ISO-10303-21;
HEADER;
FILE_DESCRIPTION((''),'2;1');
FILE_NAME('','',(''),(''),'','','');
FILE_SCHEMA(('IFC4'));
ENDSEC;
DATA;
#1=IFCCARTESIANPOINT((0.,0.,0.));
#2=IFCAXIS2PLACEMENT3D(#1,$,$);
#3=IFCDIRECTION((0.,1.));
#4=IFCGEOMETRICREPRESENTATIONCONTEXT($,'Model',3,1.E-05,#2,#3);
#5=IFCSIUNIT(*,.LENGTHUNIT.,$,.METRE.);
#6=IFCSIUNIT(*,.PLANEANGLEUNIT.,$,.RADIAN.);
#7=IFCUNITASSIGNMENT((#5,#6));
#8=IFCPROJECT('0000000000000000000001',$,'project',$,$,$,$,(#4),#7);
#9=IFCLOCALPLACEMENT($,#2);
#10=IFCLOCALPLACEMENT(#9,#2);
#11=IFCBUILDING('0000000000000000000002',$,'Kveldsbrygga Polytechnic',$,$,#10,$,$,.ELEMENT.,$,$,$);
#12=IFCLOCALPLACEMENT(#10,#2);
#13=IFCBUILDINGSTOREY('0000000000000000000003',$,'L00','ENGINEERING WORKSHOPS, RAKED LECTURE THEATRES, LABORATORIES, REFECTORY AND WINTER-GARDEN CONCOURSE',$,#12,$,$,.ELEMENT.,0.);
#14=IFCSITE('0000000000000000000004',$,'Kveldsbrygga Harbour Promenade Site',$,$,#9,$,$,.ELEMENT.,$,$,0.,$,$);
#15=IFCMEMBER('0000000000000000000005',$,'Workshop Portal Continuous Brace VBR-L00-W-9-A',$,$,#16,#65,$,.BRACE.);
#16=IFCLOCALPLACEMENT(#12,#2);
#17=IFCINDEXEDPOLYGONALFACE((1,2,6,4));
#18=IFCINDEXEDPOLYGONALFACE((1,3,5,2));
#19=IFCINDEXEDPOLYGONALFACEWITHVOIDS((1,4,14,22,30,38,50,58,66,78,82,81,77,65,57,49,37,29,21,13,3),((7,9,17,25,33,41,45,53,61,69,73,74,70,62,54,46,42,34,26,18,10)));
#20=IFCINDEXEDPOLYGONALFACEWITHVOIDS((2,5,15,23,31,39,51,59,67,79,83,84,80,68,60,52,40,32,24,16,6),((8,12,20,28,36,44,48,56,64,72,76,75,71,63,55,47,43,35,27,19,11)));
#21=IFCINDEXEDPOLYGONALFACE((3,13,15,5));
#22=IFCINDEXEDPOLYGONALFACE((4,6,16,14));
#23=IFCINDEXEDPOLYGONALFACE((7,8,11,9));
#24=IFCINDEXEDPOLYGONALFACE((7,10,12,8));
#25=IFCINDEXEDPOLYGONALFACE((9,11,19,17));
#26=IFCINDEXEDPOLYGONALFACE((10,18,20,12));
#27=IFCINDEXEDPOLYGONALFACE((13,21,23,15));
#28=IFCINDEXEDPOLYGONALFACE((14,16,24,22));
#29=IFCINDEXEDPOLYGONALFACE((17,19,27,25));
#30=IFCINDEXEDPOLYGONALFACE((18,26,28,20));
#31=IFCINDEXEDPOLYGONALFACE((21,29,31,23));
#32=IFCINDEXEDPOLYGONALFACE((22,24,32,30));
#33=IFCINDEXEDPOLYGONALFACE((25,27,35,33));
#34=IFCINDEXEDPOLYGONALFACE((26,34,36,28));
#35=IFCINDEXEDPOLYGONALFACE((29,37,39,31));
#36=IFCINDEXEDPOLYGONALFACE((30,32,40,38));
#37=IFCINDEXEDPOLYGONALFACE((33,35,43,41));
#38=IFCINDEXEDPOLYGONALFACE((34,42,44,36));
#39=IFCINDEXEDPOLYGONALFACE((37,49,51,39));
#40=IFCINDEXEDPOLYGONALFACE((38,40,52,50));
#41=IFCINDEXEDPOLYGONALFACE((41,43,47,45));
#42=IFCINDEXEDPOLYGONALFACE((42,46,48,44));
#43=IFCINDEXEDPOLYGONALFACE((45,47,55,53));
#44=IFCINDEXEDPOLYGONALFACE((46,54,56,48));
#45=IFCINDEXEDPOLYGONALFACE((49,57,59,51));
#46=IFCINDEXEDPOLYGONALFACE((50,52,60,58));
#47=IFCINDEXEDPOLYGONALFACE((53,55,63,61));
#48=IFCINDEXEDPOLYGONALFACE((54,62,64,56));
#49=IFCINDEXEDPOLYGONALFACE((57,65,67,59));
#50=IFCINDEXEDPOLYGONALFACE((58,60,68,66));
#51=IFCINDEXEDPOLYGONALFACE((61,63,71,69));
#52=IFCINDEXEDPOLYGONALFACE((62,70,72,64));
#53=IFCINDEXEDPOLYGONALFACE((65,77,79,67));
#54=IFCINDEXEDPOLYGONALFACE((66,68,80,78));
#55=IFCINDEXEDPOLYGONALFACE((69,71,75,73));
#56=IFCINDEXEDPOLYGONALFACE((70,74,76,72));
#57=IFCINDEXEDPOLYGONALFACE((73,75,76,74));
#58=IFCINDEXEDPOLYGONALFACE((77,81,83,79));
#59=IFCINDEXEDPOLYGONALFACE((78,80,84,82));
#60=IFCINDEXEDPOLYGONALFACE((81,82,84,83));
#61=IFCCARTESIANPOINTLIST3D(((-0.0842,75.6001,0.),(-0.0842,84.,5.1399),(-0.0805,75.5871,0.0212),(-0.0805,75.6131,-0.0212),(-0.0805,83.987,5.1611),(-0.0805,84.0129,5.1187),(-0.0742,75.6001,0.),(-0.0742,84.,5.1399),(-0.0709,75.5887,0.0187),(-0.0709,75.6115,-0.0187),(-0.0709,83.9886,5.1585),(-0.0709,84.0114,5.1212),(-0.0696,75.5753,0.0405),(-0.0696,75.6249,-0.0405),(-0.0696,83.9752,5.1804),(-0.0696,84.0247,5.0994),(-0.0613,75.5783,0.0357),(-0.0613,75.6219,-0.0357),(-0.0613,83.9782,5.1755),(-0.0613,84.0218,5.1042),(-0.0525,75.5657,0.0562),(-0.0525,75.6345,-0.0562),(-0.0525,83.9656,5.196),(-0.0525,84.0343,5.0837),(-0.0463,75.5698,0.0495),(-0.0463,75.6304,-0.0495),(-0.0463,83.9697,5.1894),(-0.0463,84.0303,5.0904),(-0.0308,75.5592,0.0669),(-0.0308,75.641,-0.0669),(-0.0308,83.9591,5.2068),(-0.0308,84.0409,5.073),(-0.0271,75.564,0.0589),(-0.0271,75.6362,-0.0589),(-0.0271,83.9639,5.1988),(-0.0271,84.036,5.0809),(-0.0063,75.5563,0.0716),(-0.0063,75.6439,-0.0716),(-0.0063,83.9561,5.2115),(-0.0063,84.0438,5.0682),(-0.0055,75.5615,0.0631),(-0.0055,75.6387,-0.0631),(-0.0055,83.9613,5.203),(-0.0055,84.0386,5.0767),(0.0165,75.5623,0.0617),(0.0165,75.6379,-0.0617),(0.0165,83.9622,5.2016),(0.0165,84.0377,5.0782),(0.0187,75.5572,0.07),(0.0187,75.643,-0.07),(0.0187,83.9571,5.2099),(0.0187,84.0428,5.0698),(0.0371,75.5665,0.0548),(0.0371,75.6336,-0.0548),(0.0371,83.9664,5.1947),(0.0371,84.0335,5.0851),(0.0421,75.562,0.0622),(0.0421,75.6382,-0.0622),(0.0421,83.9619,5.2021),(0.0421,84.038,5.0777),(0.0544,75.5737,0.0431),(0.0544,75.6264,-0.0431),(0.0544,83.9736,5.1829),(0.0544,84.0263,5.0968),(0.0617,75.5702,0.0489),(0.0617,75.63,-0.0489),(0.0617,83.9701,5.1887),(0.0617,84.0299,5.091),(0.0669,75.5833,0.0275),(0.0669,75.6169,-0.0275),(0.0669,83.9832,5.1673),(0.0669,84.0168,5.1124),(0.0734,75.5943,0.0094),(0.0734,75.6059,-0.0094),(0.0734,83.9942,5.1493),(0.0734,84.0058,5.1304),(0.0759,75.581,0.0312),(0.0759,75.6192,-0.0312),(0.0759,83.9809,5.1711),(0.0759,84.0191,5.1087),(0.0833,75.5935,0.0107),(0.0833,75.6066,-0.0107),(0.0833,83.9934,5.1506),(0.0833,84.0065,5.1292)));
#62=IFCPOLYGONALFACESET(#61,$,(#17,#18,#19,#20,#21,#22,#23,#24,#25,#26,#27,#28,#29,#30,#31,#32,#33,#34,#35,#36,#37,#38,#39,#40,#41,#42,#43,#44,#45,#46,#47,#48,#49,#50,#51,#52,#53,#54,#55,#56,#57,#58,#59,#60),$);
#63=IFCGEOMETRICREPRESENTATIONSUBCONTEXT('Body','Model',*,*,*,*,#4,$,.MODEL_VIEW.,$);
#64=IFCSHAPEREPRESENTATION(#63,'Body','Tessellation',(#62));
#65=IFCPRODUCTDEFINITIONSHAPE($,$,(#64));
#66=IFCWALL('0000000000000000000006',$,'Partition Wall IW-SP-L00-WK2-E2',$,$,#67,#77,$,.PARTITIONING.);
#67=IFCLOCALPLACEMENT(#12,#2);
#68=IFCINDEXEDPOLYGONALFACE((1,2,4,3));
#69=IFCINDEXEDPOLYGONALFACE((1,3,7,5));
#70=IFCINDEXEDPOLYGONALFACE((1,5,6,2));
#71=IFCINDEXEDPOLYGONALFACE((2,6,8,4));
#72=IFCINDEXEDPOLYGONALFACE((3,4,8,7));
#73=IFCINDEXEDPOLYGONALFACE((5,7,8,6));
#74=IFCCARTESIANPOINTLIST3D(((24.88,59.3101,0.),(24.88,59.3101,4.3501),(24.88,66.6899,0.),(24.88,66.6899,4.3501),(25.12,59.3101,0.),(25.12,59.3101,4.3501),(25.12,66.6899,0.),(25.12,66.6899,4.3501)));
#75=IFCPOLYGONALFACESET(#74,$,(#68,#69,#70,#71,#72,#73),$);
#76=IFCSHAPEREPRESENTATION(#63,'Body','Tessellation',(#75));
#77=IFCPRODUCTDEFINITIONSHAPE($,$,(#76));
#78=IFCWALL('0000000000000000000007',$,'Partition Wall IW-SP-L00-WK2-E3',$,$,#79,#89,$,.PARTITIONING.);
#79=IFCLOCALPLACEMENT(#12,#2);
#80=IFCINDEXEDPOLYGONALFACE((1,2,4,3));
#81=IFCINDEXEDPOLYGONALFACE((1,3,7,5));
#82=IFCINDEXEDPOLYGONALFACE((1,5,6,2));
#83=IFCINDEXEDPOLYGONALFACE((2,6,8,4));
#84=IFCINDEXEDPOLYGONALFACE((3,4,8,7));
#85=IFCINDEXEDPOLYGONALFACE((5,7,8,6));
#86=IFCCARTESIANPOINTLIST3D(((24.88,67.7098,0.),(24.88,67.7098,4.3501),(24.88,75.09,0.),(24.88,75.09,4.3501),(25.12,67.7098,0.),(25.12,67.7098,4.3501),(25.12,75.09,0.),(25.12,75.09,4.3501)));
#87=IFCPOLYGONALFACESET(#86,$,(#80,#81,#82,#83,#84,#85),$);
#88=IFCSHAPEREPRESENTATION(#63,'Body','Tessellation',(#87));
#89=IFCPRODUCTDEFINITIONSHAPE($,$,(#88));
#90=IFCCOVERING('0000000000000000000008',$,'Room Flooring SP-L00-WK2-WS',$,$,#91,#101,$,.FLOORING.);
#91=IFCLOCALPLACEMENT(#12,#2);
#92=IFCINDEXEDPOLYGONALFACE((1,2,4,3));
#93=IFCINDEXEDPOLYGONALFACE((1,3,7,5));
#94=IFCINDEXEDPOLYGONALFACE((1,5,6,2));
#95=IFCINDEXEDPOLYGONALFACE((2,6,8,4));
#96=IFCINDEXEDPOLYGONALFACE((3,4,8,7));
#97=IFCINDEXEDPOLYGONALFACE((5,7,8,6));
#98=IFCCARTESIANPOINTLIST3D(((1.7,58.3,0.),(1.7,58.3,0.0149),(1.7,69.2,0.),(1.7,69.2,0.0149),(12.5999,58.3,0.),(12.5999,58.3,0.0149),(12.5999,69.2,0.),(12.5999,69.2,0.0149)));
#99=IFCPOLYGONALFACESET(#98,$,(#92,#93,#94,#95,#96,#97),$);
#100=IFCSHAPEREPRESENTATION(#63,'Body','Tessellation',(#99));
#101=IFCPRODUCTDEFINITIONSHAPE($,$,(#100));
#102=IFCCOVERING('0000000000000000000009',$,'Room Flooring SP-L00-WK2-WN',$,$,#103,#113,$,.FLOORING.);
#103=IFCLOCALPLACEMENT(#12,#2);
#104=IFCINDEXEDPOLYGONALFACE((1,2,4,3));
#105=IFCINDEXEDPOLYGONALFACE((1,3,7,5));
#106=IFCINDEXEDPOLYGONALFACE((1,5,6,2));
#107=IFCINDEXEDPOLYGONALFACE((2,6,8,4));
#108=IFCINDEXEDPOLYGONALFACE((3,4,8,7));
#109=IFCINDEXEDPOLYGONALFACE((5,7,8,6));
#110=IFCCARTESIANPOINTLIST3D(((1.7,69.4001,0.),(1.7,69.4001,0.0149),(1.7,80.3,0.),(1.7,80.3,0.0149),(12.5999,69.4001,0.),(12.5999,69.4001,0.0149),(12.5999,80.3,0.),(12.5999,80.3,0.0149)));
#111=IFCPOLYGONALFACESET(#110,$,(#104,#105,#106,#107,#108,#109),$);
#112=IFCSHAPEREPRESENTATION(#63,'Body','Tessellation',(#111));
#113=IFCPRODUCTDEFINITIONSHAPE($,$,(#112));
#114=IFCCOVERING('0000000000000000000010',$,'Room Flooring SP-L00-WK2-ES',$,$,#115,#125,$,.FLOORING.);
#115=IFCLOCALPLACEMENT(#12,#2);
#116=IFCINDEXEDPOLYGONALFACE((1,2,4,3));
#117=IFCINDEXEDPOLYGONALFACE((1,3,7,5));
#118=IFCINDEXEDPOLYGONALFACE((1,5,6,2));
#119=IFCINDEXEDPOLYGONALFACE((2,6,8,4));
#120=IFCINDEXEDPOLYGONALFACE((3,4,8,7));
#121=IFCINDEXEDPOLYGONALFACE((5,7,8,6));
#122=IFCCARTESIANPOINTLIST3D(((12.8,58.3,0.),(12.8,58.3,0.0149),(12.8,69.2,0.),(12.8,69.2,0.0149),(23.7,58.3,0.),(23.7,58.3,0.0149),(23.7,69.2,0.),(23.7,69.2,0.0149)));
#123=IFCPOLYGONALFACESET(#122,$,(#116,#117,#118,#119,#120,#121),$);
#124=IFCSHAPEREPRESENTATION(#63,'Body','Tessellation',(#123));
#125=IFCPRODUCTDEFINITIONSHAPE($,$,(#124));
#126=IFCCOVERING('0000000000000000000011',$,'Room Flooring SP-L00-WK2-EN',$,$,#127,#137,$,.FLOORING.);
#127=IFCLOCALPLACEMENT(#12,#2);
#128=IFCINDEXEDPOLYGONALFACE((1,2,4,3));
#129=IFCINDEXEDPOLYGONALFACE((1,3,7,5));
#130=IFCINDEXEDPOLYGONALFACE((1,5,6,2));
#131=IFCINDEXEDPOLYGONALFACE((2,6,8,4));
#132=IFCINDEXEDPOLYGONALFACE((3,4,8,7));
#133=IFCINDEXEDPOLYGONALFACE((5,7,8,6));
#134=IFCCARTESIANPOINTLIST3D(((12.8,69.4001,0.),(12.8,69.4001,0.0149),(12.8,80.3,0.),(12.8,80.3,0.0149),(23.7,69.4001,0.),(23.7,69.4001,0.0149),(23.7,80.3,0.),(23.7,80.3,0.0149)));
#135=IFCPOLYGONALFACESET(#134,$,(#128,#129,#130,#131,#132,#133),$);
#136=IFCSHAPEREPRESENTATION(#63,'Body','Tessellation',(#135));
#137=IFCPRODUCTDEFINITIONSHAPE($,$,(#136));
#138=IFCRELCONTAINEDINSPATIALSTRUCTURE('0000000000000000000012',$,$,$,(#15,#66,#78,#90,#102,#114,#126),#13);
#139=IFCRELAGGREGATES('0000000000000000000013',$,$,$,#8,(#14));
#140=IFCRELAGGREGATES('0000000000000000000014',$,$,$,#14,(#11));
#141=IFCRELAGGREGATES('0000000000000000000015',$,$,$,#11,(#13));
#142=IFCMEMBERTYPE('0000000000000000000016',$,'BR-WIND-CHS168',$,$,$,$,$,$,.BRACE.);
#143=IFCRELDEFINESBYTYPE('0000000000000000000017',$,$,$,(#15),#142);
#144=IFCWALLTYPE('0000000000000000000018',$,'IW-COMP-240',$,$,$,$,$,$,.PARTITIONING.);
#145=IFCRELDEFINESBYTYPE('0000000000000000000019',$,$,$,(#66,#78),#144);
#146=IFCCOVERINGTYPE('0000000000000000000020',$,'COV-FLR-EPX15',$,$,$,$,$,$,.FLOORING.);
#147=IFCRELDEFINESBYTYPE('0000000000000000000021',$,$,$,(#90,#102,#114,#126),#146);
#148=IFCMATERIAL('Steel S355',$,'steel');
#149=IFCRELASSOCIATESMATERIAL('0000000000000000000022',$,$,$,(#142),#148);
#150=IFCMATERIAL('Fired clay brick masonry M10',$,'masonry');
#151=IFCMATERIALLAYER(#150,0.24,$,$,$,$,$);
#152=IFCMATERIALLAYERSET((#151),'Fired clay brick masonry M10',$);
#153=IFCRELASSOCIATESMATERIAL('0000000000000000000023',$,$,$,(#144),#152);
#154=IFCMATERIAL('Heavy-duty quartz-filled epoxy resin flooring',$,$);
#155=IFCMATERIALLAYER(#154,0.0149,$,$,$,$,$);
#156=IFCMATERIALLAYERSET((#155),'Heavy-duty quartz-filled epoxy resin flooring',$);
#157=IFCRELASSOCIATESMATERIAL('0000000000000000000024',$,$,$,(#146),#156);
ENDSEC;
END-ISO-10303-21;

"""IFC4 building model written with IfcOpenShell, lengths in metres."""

from ifc_helpers import new_model, si_unit, direction, frame, frame_2d, origin, origin_2d, place, context, subcontext, project, spatial, rectangle, hollow_circle, extrude, material, layer, layer_set, material_profile, profile_set, type_object, element, save


model = new_model("IFC4")

# Units and contexts
model_context = context("Model", 3, precision=1e-05, world=origin(), true_north=direction((0.0, 1.0)))
body_context = subcontext(model_context, "Body", "Model", "MODEL_VIEW")
ifc_project = project(units=[si_unit("LENGTHUNIT", "METRE"), si_unit("PLANEANGLEUNIT", "RADIAN")], contexts=[model_context])

# Site, building, storey
site_placement = place(None, origin())
site = spatial("IfcSite", under=ifc_project, at=site_placement, Name="Kveldsbrygga Harbour Promenade Site", CompositionType="ELEMENT", RefElevation=0.0)
building_placement = place(site_placement, origin())
building = spatial("IfcBuilding", under=site, at=building_placement, Name="Kveldsbrygga Polytechnic", CompositionType="ELEMENT")
storey_placement = place(building_placement, origin())
storey = spatial("IfcBuildingStorey", under=building, at=storey_placement, Name="L00", Description="ENGINEERING WORKSHOPS, RAKED LECTURE THEATRES, LABORATORIES, REFECTORY AND WINTER-GARDEN CONCOURSE", CompositionType="ELEMENT", Elevation=0.0)

# Shared definitions
ifc_material_1 = material(Name="Steel S355", Category="steel")

# Member
ifc_material_profile_1 = material_profile(ifc_material_1, hollow_circle(Radius=0.0842, WallThickness=0.01, at=origin_2d()), Name="CHS 168.3x10.0")
ifc_profile_set_1 = profile_set([ifc_material_profile_1], Name="Steel S355")
member_type = type_object("IfcMemberType", Name="BR-WIND-CHS168", PredefinedType="BRACE", material=ifc_profile_set_1)
member_placement = place(storey_placement, frame((0.0, 75.6001, 0.0), z_axis=(0.0, 0.852983, 0.521939), x_axis=(-1.0, 0.0, 0.0)))
element("IfcMember", 1, at=member_placement, inside=storey, type_object=member_type, Name="Workshop Portal Continuous Brace VBR-L00-W-9-A", PredefinedType="BRACE", context=body_context, shape_type="SweptSolid", body=[
    extrude(hollow_circle(Radius=0.0842, WallThickness=0.01, at=origin_2d()), origin(), (0.0, 0.0, 1.0), 9.8477),
])

# Walls
ifc_material_2 = material(Name="Fired clay brick masonry M10", Category="masonry")
ifc_layer_1 = layer(ifc_material_2, 0.24)
ifc_layer_set_1 = layer_set([ifc_layer_1], Name="Fired clay brick masonry M10")
wall_type = type_object("IfcWallType", Name="IW-COMP-240", PredefinedType="PARTITIONING", material=ifc_layer_set_1)
wall_1_placement = place(storey_placement, frame((25.0, 59.3101, 0.0), z_axis=(0.0, 0.0, 1.0), x_axis=(0.0, 1.0, 0.0)))
element("IfcWall", 2, at=wall_1_placement, inside=storey, type_object=wall_type, Name="Partition Wall IW-SP-L00-WK2-E2", PredefinedType="PARTITIONING", context=body_context, shape_type="SweptSolid", body=[
    extrude(rectangle(XDim=7.3799, YDim=0.24, at=frame_2d((3.6899, 0.0))), origin(), (0.0, 0.0, 1.0), 4.3501),
])
wall_2_placement = place(storey_placement, frame((25.0, 67.71, 0.0), z_axis=(0.0, 0.0, 1.0), x_axis=(0.0, 1.0, 0.0)))
element("IfcWall", 3, at=wall_2_placement, inside=storey, type_object=wall_type, Name="Partition Wall IW-SP-L00-WK2-E3", PredefinedType="PARTITIONING", context=body_context, shape_type="SweptSolid", body=[
    extrude(rectangle(XDim=7.3801, YDim=0.24, at=frame_2d((3.6899, 0.0))), origin(), (0.0, 0.0, 1.0), 4.3501),
])

# Coverings
ifc_material_3 = material(Name="Heavy-duty quartz-filled epoxy resin flooring")
ifc_layer_2 = layer(ifc_material_3, 0.0149)
ifc_layer_set_2 = layer_set([ifc_layer_2], Name="Heavy-duty quartz-filled epoxy resin flooring")
covering_type = type_object("IfcCoveringType", Name="COV-FLR-EPX15", PredefinedType="FLOORING", material=ifc_layer_set_2)
for number, where, z_axis, x_axis, name in (
    (4, (7.1499, 63.75, 0.0), (0.0, 0.0, 1.0), (1.0, 0.0, 0.0), "Room Flooring SP-L00-WK2-WS"),
    (5, (7.1499, 74.8501, 0.0), (0.0, 0.0, 1.0), (1.0, 0.0, 0.0), "Room Flooring SP-L00-WK2-WN"),
    (6, (18.25, 63.75, 0.0), (0.0, 0.0, 1.0), (1.0, 0.0, 0.0), "Room Flooring SP-L00-WK2-ES"),
    (7, (18.25, 74.8501, 0.0), (0.0, 0.0, 1.0), (1.0, 0.0, 0.0), "Room Flooring SP-L00-WK2-EN"),
):
    element("IfcCovering", number, at=place(storey_placement, frame(where, z_axis=z_axis, x_axis=x_axis)), inside=storey, type_object=covering_type, Name=name, PredefinedType="FLOORING", context=body_context, shape_type="SweptSolid", body=[
        extrude(rectangle(XDim=10.8999, YDim=10.8999, at=origin_2d()), origin(), (0.0, 0.0, 1.0), 0.0149),
    ])

save(model, "model.ifc")
